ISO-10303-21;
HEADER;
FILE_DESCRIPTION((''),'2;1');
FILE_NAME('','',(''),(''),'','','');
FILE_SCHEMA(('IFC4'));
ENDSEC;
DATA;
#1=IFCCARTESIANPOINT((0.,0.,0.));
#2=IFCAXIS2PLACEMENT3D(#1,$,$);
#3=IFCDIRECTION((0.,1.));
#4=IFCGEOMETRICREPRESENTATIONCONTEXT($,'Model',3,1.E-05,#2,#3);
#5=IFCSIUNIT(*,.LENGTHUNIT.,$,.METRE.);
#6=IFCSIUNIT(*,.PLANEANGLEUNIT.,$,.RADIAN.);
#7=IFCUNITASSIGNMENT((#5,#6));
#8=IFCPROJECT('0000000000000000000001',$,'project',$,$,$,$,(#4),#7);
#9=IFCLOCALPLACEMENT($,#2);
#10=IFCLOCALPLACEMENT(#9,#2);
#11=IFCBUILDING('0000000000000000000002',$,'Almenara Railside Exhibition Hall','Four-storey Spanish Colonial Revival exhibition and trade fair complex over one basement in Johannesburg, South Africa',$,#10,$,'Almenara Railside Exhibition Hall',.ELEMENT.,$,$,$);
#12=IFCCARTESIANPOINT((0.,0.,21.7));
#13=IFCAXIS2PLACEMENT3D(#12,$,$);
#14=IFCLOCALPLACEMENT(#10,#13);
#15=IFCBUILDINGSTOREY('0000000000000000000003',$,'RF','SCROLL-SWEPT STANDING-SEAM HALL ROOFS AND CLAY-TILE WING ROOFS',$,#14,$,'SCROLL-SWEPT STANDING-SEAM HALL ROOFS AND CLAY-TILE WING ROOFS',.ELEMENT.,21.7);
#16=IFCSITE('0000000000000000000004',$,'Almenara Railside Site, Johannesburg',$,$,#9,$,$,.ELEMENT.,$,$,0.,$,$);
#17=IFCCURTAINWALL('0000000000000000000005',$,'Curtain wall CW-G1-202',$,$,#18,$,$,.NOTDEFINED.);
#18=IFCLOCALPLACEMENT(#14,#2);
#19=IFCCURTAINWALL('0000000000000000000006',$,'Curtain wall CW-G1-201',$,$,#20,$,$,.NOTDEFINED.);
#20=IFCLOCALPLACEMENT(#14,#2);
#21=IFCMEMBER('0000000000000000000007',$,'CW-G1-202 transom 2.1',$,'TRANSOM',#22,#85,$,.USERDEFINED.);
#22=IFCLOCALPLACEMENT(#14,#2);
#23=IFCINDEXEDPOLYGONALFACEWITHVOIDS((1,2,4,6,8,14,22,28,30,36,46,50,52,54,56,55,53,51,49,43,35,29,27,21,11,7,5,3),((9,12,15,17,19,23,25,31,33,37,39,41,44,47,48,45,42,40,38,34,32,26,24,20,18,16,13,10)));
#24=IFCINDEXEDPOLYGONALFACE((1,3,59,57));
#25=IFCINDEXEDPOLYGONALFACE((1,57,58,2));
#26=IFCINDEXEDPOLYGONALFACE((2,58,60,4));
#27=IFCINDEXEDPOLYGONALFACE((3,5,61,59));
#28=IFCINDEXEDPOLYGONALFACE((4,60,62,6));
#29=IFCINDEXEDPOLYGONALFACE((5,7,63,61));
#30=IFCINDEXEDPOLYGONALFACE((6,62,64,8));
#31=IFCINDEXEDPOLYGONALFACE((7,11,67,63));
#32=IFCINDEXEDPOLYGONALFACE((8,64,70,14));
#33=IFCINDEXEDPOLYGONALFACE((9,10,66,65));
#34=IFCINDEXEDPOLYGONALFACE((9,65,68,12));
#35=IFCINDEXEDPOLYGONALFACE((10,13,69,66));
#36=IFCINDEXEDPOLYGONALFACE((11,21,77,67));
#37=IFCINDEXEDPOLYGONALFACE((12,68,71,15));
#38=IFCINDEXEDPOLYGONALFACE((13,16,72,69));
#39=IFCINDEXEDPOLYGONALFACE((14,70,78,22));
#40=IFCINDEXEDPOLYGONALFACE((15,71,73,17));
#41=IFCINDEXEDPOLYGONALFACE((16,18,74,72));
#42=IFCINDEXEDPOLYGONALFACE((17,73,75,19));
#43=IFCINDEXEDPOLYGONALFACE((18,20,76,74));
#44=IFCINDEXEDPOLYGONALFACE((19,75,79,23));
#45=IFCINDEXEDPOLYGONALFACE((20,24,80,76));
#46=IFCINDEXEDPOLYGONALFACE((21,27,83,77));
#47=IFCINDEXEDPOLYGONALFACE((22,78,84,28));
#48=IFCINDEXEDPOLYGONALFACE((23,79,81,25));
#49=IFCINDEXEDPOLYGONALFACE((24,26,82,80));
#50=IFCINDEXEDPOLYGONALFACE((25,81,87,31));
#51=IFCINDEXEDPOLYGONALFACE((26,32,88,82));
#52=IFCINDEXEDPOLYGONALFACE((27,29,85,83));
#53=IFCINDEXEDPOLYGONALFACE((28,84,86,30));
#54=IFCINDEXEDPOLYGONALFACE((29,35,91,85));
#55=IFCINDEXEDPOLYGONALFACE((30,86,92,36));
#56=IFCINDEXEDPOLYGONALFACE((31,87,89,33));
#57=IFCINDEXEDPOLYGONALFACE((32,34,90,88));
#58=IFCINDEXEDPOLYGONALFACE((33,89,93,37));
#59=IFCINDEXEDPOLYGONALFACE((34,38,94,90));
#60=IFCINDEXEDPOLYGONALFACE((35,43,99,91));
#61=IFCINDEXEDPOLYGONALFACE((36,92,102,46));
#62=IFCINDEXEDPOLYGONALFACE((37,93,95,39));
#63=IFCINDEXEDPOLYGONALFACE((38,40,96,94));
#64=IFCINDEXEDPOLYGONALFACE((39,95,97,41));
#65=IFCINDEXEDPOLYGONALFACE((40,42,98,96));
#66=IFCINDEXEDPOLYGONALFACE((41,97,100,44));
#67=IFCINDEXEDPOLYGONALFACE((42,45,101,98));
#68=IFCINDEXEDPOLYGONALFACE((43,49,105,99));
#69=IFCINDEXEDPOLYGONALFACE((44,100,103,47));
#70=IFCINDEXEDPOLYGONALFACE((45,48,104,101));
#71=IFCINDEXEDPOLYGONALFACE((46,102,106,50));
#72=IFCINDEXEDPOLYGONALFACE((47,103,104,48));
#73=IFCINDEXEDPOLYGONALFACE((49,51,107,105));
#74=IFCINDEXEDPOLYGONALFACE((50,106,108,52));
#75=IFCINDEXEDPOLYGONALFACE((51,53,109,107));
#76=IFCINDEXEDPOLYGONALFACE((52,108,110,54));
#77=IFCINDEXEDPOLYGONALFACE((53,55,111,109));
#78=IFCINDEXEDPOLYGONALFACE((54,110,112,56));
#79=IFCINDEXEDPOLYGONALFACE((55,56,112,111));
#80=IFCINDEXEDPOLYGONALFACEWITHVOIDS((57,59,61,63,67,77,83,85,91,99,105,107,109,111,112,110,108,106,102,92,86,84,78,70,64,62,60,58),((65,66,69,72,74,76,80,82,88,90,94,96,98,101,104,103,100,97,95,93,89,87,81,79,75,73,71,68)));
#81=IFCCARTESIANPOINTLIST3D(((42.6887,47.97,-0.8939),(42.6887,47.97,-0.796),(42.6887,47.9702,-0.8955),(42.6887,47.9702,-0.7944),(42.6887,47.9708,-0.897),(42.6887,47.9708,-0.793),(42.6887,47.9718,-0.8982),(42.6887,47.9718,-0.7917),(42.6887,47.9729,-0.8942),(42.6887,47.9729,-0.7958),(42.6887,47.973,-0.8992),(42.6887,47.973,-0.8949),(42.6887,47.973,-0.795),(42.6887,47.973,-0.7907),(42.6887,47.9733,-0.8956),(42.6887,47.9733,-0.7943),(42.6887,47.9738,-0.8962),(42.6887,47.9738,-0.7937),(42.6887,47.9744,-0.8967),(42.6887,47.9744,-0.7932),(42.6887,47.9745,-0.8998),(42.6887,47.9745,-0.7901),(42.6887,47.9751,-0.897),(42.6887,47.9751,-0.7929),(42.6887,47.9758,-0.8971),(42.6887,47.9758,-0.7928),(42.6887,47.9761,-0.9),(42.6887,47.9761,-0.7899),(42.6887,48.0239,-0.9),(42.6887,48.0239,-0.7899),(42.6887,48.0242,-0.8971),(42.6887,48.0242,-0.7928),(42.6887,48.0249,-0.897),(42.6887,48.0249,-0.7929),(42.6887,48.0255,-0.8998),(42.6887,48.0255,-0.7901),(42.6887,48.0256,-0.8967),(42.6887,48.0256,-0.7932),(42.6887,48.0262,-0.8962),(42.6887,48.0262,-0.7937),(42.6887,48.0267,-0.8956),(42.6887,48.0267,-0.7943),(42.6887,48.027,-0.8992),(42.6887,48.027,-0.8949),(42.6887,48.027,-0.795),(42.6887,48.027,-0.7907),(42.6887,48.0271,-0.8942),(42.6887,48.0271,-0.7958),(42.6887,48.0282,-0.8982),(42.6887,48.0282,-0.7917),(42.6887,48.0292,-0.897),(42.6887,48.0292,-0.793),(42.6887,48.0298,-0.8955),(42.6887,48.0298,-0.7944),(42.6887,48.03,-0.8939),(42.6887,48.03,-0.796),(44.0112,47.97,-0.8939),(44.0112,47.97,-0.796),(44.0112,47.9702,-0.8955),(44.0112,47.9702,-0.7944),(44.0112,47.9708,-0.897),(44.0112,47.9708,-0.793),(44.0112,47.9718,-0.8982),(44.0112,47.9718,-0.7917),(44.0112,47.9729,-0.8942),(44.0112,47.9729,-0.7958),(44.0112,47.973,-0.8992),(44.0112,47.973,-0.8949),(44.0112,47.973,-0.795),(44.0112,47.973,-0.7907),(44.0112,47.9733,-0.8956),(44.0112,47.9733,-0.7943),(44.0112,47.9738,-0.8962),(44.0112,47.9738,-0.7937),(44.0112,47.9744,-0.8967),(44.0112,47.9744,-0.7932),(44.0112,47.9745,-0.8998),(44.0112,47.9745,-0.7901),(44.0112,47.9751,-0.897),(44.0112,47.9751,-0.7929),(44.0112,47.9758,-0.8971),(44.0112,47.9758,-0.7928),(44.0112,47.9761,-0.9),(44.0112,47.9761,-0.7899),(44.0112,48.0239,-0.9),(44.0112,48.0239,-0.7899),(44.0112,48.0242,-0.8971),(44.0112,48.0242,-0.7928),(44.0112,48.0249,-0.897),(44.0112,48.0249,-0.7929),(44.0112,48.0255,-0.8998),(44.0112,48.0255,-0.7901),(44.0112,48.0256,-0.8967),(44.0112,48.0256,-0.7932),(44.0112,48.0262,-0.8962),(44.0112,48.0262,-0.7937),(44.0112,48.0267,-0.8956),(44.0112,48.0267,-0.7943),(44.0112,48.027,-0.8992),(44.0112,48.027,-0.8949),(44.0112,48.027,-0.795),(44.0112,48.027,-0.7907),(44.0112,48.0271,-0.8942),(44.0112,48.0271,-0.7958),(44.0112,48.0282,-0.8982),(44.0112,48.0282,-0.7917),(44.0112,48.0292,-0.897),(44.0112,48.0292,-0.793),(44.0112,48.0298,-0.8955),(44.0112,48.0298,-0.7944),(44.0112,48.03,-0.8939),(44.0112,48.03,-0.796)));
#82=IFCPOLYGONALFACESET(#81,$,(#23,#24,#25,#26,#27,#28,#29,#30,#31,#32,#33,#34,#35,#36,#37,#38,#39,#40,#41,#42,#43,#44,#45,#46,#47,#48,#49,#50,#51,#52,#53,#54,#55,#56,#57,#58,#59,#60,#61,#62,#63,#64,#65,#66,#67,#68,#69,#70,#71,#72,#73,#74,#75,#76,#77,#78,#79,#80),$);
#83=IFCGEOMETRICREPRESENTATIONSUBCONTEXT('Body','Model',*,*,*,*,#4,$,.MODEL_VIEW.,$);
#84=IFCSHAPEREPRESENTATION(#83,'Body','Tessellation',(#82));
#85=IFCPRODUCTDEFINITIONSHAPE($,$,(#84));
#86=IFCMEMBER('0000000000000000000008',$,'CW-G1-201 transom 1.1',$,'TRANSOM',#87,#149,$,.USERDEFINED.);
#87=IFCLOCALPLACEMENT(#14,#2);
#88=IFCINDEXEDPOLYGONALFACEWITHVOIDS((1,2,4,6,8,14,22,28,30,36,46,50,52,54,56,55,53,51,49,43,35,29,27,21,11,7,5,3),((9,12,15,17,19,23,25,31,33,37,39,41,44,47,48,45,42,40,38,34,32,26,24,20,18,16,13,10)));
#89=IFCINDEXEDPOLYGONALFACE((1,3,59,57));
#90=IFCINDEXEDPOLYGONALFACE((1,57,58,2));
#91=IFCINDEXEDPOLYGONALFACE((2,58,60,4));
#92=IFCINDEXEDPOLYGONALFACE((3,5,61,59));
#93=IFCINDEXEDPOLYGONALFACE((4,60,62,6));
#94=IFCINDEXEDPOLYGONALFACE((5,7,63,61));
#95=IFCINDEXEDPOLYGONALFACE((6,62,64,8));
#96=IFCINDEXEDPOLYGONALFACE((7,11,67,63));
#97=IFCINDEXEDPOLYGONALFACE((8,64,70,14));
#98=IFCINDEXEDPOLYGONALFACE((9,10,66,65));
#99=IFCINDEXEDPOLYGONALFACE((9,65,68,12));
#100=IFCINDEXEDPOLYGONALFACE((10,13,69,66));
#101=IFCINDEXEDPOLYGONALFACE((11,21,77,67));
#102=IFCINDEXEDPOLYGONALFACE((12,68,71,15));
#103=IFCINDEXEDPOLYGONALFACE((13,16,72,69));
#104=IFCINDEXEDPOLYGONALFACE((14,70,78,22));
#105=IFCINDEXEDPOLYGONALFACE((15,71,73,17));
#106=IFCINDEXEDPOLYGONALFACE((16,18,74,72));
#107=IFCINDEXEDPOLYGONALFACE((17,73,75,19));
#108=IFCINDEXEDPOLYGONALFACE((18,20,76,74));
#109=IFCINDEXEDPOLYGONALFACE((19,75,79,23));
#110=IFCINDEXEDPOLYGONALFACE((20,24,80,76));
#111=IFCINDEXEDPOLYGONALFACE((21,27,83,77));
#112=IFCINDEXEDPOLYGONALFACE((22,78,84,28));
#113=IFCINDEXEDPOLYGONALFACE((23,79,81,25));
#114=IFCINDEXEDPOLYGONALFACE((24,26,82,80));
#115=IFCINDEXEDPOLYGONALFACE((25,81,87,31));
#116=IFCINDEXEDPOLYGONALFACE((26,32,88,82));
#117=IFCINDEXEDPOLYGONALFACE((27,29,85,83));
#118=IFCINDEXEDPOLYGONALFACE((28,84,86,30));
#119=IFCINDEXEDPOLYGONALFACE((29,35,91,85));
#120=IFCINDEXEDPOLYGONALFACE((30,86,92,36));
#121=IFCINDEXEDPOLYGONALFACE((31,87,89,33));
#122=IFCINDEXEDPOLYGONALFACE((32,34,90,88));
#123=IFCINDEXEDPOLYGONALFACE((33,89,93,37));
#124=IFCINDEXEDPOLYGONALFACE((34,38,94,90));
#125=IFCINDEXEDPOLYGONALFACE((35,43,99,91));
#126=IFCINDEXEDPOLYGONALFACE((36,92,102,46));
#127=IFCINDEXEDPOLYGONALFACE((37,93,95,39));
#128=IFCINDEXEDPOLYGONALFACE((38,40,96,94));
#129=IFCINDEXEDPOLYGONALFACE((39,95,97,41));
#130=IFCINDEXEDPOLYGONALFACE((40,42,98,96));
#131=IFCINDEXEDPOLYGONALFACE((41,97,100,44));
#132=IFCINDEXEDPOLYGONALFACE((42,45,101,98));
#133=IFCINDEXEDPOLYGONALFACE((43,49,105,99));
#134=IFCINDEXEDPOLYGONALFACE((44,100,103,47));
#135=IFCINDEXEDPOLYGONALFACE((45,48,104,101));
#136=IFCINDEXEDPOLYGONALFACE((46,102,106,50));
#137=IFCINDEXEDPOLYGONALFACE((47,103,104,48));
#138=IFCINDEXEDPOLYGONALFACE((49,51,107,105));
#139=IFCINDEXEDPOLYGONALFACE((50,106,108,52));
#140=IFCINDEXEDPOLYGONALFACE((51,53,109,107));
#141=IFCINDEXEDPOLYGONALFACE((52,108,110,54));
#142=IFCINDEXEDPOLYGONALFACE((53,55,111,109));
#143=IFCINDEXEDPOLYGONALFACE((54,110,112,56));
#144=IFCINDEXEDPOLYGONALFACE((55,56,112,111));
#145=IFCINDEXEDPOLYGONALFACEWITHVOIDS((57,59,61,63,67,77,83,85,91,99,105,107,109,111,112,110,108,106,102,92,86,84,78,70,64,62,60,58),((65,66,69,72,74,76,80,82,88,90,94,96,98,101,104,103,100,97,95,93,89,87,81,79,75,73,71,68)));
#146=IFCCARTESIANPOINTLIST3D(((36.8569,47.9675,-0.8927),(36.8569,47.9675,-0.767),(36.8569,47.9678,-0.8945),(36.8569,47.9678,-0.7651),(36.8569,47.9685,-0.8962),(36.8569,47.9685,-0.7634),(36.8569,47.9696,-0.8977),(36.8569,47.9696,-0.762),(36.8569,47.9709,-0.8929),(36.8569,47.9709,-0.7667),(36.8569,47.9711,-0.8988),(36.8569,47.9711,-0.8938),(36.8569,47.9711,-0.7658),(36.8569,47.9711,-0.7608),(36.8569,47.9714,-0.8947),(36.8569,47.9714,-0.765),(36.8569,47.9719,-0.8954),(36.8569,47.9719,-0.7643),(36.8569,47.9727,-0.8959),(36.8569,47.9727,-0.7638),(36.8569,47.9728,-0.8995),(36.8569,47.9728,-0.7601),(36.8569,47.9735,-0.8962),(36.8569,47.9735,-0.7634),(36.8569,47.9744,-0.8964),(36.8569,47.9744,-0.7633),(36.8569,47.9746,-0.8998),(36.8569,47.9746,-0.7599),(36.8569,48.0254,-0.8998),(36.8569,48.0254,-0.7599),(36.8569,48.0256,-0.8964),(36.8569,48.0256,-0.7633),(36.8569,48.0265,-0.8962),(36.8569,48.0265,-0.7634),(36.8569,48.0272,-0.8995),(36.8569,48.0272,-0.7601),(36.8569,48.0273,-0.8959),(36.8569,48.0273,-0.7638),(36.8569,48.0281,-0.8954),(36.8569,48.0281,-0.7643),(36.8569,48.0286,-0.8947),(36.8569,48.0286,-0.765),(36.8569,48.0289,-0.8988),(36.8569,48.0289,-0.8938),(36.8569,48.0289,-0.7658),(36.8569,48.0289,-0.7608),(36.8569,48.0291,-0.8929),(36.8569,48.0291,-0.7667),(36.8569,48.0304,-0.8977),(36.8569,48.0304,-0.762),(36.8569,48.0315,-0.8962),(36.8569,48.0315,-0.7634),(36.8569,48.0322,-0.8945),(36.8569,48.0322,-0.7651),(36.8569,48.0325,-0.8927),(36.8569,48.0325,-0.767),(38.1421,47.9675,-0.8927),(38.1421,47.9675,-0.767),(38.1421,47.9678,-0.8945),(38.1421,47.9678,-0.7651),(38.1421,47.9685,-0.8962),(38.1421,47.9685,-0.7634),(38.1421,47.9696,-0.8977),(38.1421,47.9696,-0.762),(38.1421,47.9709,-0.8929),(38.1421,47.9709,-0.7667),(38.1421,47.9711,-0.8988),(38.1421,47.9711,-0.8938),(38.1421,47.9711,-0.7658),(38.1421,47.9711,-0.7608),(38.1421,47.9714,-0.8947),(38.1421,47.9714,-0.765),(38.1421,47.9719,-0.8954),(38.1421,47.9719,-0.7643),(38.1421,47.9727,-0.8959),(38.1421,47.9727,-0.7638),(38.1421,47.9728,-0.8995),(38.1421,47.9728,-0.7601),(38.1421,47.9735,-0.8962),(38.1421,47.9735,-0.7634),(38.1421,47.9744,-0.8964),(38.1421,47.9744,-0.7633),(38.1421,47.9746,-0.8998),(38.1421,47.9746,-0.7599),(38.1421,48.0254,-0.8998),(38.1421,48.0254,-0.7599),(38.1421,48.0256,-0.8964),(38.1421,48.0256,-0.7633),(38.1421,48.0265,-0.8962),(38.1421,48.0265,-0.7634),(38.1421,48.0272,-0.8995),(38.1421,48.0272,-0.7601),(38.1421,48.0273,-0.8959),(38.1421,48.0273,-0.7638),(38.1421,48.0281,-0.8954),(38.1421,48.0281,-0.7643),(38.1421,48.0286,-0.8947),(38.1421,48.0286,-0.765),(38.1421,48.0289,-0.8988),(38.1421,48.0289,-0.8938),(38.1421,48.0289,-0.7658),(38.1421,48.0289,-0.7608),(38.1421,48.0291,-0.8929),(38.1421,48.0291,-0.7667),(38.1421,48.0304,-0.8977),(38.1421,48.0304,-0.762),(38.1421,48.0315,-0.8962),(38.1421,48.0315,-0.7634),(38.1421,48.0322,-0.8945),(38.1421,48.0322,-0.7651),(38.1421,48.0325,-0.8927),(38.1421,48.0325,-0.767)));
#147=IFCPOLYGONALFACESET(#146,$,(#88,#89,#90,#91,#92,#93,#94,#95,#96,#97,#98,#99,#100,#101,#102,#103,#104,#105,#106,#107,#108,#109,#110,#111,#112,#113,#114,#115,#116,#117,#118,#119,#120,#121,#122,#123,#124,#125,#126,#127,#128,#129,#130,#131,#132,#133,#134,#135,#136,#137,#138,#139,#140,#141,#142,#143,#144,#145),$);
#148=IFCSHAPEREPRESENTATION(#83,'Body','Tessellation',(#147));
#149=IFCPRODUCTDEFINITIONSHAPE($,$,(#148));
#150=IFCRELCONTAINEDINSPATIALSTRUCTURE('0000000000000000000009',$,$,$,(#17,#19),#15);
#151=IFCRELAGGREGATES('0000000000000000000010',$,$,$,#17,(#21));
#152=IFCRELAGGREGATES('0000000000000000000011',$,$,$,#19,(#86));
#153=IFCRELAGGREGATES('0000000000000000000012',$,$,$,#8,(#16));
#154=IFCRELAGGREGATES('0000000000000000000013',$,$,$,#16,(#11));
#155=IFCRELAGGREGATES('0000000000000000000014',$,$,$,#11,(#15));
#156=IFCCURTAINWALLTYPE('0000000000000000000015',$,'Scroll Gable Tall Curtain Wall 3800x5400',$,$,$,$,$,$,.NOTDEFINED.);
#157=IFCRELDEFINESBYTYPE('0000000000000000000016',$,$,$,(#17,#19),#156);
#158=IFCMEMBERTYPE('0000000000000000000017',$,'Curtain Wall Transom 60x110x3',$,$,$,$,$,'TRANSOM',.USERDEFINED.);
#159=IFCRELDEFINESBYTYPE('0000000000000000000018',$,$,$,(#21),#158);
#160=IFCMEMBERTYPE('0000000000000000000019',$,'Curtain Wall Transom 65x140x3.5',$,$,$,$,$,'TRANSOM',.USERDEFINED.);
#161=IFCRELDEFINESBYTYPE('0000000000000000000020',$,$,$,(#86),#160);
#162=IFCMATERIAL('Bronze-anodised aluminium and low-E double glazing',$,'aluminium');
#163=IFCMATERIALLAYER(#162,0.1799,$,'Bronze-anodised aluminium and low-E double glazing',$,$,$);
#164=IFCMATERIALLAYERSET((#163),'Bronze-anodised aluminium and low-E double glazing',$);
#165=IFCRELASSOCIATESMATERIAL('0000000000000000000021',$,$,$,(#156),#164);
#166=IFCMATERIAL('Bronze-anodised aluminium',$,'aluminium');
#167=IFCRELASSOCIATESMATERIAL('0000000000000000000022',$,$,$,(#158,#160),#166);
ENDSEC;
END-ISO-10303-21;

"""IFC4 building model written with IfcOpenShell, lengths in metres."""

from ifc_helpers import new_model, si_unit, direction, frame, origin, origin_2d, place, context, subcontext, project, spatial, hollow_rectangle, extrude, material, layer, layer_set, material_profile, profile_set, type_object, element, aggregate, save


model = new_model("IFC4")

# Units and contexts
model_context = context("Model", 3, precision=1e-05, world=origin(), true_north=direction((0.0, 1.0)))
body_context = subcontext(model_context, "Body", "Model", "MODEL_VIEW")
ifc_project = project(units=[si_unit("LENGTHUNIT", "METRE"), si_unit("PLANEANGLEUNIT", "RADIAN")], contexts=[model_context])

# Site, building, storey
site_placement = place(None, origin())
site = spatial("IfcSite", under=ifc_project, at=site_placement, Name="Almenara Railside Site, Johannesburg", CompositionType="ELEMENT", RefElevation=0.0)
building_placement = place(site_placement, origin())
building = spatial("IfcBuilding", under=site, at=building_placement, Name="Almenara Railside Exhibition Hall", Description="Four-storey Spanish Colonial Revival exhibition and trade fair complex over one basement in Johannesburg, South Africa", LongName="Almenara Railside Exhibition Hall", CompositionType="ELEMENT")
storey_placement = place(building_placement, frame((0.0, 0.0, 21.7)))
storey = spatial("IfcBuildingStorey", under=building, at=storey_placement, Name="RF", Description="SCROLL-SWEPT STANDING-SEAM HALL ROOFS AND CLAY-TILE WING ROOFS", LongName="SCROLL-SWEPT STANDING-SEAM HALL ROOFS AND CLAY-TILE WING ROOFS", CompositionType="ELEMENT", Elevation=21.7)

# Curtain walls
ifc_material_1 = material(Name="Bronze-anodised aluminium and low-E double glazing", Category="aluminium")
ifc_layer_1 = layer(ifc_material_1, 0.1799, Name="Bronze-anodised aluminium and low-E double glazing")
ifc_layer_set_1 = layer_set([ifc_layer_1], Name="Bronze-anodised aluminium and low-E double glazing")
curtain_wall_type = type_object("IfcCurtainWallType", Name="Scroll Gable Tall Curtain Wall 3800x5400", PredefinedType="NOTDEFINED", material=ifc_layer_set_1)
ifc_material_2 = material(Name="Bronze-anodised aluminium", Category="aluminium")
curtain_wall_1_placement = place(storey_placement, origin())
curtain_wall_1 = element("IfcCurtainWall", 1, at=curtain_wall_1_placement, inside=storey, type_object=curtain_wall_type, Name="Curtain wall CW-G1-202", PredefinedType="NOTDEFINED")
curtain_wall_2_placement = place(storey_placement, origin())
curtain_wall_2 = element("IfcCurtainWall", 2, at=curtain_wall_2_placement, inside=storey, type_object=curtain_wall_type, Name="Curtain wall CW-G1-201", PredefinedType="NOTDEFINED")

# Members
ifc_material_profile_1 = material_profile(ifc_material_2, hollow_rectangle(XDim=0.0601, YDim=0.1101, WallThickness=0.0029, InnerFilletRadius=0.0029, OuterFilletRadius=0.0061, at=origin_2d()), Name="ALU-TRN 60x110x3")
ifc_profile_set_1 = profile_set([ifc_material_profile_1], Name="Bronze-anodised aluminium")
member_type_1 = type_object("IfcMemberType", Name="Curtain Wall Transom 60x110x3", ElementType="TRANSOM", PredefinedType="USERDEFINED", material=ifc_profile_set_1)
member_1_placement = place(storey_placement, frame((42.6887, 48.0, -0.845), z_axis=(1.0, 0.0, 0.0), x_axis=(0.0, 1.0, 0.0)))
member_1 = element("IfcMember", 3, at=member_1_placement, type_object=member_type_1, Name="CW-G1-202 transom 2.1", ObjectType="TRANSOM", PredefinedType="USERDEFINED", context=body_context, shape_type="SweptSolid", body=[
    extrude(hollow_rectangle(XDim=0.0601, YDim=0.1101, WallThickness=0.0029, InnerFilletRadius=0.0029, OuterFilletRadius=0.0061, at=origin_2d()), origin(), (0.0, 0.0, 1.0), 1.3225),
])
ifc_material_profile_2 = material_profile(ifc_material_2, hollow_rectangle(XDim=0.0649, YDim=0.1399, WallThickness=0.0034, InnerFilletRadius=0.0034, OuterFilletRadius=0.0071, at=origin_2d()), Name="ALU-TRN 65x140x3.5")
ifc_profile_set_2 = profile_set([ifc_material_profile_2], Name="Bronze-anodised aluminium")
member_type_2 = type_object("IfcMemberType", Name="Curtain Wall Transom 65x140x3.5", ElementType="TRANSOM", PredefinedType="USERDEFINED", material=ifc_profile_set_2)
member_2_placement = place(storey_placement, frame((36.8569, 48.0, -0.8298), z_axis=(1.0, 0.0, 0.0), x_axis=(0.0, 1.0, 0.0)))
member_2 = element("IfcMember", 4, at=member_2_placement, type_object=member_type_2, Name="CW-G1-201 transom 1.1", ObjectType="TRANSOM", PredefinedType="USERDEFINED", context=body_context, shape_type="SweptSolid", body=[
    extrude(hollow_rectangle(XDim=0.0649, YDim=0.1399, WallThickness=0.0034, InnerFilletRadius=0.0034, OuterFilletRadius=0.0071, at=origin_2d()), origin(), (0.0, 0.0, 1.0), 1.2852),
])

aggregate(curtain_wall_1, [member_1])

aggregate(curtain_wall_2, [member_2])

save(model, "model.ifc")
